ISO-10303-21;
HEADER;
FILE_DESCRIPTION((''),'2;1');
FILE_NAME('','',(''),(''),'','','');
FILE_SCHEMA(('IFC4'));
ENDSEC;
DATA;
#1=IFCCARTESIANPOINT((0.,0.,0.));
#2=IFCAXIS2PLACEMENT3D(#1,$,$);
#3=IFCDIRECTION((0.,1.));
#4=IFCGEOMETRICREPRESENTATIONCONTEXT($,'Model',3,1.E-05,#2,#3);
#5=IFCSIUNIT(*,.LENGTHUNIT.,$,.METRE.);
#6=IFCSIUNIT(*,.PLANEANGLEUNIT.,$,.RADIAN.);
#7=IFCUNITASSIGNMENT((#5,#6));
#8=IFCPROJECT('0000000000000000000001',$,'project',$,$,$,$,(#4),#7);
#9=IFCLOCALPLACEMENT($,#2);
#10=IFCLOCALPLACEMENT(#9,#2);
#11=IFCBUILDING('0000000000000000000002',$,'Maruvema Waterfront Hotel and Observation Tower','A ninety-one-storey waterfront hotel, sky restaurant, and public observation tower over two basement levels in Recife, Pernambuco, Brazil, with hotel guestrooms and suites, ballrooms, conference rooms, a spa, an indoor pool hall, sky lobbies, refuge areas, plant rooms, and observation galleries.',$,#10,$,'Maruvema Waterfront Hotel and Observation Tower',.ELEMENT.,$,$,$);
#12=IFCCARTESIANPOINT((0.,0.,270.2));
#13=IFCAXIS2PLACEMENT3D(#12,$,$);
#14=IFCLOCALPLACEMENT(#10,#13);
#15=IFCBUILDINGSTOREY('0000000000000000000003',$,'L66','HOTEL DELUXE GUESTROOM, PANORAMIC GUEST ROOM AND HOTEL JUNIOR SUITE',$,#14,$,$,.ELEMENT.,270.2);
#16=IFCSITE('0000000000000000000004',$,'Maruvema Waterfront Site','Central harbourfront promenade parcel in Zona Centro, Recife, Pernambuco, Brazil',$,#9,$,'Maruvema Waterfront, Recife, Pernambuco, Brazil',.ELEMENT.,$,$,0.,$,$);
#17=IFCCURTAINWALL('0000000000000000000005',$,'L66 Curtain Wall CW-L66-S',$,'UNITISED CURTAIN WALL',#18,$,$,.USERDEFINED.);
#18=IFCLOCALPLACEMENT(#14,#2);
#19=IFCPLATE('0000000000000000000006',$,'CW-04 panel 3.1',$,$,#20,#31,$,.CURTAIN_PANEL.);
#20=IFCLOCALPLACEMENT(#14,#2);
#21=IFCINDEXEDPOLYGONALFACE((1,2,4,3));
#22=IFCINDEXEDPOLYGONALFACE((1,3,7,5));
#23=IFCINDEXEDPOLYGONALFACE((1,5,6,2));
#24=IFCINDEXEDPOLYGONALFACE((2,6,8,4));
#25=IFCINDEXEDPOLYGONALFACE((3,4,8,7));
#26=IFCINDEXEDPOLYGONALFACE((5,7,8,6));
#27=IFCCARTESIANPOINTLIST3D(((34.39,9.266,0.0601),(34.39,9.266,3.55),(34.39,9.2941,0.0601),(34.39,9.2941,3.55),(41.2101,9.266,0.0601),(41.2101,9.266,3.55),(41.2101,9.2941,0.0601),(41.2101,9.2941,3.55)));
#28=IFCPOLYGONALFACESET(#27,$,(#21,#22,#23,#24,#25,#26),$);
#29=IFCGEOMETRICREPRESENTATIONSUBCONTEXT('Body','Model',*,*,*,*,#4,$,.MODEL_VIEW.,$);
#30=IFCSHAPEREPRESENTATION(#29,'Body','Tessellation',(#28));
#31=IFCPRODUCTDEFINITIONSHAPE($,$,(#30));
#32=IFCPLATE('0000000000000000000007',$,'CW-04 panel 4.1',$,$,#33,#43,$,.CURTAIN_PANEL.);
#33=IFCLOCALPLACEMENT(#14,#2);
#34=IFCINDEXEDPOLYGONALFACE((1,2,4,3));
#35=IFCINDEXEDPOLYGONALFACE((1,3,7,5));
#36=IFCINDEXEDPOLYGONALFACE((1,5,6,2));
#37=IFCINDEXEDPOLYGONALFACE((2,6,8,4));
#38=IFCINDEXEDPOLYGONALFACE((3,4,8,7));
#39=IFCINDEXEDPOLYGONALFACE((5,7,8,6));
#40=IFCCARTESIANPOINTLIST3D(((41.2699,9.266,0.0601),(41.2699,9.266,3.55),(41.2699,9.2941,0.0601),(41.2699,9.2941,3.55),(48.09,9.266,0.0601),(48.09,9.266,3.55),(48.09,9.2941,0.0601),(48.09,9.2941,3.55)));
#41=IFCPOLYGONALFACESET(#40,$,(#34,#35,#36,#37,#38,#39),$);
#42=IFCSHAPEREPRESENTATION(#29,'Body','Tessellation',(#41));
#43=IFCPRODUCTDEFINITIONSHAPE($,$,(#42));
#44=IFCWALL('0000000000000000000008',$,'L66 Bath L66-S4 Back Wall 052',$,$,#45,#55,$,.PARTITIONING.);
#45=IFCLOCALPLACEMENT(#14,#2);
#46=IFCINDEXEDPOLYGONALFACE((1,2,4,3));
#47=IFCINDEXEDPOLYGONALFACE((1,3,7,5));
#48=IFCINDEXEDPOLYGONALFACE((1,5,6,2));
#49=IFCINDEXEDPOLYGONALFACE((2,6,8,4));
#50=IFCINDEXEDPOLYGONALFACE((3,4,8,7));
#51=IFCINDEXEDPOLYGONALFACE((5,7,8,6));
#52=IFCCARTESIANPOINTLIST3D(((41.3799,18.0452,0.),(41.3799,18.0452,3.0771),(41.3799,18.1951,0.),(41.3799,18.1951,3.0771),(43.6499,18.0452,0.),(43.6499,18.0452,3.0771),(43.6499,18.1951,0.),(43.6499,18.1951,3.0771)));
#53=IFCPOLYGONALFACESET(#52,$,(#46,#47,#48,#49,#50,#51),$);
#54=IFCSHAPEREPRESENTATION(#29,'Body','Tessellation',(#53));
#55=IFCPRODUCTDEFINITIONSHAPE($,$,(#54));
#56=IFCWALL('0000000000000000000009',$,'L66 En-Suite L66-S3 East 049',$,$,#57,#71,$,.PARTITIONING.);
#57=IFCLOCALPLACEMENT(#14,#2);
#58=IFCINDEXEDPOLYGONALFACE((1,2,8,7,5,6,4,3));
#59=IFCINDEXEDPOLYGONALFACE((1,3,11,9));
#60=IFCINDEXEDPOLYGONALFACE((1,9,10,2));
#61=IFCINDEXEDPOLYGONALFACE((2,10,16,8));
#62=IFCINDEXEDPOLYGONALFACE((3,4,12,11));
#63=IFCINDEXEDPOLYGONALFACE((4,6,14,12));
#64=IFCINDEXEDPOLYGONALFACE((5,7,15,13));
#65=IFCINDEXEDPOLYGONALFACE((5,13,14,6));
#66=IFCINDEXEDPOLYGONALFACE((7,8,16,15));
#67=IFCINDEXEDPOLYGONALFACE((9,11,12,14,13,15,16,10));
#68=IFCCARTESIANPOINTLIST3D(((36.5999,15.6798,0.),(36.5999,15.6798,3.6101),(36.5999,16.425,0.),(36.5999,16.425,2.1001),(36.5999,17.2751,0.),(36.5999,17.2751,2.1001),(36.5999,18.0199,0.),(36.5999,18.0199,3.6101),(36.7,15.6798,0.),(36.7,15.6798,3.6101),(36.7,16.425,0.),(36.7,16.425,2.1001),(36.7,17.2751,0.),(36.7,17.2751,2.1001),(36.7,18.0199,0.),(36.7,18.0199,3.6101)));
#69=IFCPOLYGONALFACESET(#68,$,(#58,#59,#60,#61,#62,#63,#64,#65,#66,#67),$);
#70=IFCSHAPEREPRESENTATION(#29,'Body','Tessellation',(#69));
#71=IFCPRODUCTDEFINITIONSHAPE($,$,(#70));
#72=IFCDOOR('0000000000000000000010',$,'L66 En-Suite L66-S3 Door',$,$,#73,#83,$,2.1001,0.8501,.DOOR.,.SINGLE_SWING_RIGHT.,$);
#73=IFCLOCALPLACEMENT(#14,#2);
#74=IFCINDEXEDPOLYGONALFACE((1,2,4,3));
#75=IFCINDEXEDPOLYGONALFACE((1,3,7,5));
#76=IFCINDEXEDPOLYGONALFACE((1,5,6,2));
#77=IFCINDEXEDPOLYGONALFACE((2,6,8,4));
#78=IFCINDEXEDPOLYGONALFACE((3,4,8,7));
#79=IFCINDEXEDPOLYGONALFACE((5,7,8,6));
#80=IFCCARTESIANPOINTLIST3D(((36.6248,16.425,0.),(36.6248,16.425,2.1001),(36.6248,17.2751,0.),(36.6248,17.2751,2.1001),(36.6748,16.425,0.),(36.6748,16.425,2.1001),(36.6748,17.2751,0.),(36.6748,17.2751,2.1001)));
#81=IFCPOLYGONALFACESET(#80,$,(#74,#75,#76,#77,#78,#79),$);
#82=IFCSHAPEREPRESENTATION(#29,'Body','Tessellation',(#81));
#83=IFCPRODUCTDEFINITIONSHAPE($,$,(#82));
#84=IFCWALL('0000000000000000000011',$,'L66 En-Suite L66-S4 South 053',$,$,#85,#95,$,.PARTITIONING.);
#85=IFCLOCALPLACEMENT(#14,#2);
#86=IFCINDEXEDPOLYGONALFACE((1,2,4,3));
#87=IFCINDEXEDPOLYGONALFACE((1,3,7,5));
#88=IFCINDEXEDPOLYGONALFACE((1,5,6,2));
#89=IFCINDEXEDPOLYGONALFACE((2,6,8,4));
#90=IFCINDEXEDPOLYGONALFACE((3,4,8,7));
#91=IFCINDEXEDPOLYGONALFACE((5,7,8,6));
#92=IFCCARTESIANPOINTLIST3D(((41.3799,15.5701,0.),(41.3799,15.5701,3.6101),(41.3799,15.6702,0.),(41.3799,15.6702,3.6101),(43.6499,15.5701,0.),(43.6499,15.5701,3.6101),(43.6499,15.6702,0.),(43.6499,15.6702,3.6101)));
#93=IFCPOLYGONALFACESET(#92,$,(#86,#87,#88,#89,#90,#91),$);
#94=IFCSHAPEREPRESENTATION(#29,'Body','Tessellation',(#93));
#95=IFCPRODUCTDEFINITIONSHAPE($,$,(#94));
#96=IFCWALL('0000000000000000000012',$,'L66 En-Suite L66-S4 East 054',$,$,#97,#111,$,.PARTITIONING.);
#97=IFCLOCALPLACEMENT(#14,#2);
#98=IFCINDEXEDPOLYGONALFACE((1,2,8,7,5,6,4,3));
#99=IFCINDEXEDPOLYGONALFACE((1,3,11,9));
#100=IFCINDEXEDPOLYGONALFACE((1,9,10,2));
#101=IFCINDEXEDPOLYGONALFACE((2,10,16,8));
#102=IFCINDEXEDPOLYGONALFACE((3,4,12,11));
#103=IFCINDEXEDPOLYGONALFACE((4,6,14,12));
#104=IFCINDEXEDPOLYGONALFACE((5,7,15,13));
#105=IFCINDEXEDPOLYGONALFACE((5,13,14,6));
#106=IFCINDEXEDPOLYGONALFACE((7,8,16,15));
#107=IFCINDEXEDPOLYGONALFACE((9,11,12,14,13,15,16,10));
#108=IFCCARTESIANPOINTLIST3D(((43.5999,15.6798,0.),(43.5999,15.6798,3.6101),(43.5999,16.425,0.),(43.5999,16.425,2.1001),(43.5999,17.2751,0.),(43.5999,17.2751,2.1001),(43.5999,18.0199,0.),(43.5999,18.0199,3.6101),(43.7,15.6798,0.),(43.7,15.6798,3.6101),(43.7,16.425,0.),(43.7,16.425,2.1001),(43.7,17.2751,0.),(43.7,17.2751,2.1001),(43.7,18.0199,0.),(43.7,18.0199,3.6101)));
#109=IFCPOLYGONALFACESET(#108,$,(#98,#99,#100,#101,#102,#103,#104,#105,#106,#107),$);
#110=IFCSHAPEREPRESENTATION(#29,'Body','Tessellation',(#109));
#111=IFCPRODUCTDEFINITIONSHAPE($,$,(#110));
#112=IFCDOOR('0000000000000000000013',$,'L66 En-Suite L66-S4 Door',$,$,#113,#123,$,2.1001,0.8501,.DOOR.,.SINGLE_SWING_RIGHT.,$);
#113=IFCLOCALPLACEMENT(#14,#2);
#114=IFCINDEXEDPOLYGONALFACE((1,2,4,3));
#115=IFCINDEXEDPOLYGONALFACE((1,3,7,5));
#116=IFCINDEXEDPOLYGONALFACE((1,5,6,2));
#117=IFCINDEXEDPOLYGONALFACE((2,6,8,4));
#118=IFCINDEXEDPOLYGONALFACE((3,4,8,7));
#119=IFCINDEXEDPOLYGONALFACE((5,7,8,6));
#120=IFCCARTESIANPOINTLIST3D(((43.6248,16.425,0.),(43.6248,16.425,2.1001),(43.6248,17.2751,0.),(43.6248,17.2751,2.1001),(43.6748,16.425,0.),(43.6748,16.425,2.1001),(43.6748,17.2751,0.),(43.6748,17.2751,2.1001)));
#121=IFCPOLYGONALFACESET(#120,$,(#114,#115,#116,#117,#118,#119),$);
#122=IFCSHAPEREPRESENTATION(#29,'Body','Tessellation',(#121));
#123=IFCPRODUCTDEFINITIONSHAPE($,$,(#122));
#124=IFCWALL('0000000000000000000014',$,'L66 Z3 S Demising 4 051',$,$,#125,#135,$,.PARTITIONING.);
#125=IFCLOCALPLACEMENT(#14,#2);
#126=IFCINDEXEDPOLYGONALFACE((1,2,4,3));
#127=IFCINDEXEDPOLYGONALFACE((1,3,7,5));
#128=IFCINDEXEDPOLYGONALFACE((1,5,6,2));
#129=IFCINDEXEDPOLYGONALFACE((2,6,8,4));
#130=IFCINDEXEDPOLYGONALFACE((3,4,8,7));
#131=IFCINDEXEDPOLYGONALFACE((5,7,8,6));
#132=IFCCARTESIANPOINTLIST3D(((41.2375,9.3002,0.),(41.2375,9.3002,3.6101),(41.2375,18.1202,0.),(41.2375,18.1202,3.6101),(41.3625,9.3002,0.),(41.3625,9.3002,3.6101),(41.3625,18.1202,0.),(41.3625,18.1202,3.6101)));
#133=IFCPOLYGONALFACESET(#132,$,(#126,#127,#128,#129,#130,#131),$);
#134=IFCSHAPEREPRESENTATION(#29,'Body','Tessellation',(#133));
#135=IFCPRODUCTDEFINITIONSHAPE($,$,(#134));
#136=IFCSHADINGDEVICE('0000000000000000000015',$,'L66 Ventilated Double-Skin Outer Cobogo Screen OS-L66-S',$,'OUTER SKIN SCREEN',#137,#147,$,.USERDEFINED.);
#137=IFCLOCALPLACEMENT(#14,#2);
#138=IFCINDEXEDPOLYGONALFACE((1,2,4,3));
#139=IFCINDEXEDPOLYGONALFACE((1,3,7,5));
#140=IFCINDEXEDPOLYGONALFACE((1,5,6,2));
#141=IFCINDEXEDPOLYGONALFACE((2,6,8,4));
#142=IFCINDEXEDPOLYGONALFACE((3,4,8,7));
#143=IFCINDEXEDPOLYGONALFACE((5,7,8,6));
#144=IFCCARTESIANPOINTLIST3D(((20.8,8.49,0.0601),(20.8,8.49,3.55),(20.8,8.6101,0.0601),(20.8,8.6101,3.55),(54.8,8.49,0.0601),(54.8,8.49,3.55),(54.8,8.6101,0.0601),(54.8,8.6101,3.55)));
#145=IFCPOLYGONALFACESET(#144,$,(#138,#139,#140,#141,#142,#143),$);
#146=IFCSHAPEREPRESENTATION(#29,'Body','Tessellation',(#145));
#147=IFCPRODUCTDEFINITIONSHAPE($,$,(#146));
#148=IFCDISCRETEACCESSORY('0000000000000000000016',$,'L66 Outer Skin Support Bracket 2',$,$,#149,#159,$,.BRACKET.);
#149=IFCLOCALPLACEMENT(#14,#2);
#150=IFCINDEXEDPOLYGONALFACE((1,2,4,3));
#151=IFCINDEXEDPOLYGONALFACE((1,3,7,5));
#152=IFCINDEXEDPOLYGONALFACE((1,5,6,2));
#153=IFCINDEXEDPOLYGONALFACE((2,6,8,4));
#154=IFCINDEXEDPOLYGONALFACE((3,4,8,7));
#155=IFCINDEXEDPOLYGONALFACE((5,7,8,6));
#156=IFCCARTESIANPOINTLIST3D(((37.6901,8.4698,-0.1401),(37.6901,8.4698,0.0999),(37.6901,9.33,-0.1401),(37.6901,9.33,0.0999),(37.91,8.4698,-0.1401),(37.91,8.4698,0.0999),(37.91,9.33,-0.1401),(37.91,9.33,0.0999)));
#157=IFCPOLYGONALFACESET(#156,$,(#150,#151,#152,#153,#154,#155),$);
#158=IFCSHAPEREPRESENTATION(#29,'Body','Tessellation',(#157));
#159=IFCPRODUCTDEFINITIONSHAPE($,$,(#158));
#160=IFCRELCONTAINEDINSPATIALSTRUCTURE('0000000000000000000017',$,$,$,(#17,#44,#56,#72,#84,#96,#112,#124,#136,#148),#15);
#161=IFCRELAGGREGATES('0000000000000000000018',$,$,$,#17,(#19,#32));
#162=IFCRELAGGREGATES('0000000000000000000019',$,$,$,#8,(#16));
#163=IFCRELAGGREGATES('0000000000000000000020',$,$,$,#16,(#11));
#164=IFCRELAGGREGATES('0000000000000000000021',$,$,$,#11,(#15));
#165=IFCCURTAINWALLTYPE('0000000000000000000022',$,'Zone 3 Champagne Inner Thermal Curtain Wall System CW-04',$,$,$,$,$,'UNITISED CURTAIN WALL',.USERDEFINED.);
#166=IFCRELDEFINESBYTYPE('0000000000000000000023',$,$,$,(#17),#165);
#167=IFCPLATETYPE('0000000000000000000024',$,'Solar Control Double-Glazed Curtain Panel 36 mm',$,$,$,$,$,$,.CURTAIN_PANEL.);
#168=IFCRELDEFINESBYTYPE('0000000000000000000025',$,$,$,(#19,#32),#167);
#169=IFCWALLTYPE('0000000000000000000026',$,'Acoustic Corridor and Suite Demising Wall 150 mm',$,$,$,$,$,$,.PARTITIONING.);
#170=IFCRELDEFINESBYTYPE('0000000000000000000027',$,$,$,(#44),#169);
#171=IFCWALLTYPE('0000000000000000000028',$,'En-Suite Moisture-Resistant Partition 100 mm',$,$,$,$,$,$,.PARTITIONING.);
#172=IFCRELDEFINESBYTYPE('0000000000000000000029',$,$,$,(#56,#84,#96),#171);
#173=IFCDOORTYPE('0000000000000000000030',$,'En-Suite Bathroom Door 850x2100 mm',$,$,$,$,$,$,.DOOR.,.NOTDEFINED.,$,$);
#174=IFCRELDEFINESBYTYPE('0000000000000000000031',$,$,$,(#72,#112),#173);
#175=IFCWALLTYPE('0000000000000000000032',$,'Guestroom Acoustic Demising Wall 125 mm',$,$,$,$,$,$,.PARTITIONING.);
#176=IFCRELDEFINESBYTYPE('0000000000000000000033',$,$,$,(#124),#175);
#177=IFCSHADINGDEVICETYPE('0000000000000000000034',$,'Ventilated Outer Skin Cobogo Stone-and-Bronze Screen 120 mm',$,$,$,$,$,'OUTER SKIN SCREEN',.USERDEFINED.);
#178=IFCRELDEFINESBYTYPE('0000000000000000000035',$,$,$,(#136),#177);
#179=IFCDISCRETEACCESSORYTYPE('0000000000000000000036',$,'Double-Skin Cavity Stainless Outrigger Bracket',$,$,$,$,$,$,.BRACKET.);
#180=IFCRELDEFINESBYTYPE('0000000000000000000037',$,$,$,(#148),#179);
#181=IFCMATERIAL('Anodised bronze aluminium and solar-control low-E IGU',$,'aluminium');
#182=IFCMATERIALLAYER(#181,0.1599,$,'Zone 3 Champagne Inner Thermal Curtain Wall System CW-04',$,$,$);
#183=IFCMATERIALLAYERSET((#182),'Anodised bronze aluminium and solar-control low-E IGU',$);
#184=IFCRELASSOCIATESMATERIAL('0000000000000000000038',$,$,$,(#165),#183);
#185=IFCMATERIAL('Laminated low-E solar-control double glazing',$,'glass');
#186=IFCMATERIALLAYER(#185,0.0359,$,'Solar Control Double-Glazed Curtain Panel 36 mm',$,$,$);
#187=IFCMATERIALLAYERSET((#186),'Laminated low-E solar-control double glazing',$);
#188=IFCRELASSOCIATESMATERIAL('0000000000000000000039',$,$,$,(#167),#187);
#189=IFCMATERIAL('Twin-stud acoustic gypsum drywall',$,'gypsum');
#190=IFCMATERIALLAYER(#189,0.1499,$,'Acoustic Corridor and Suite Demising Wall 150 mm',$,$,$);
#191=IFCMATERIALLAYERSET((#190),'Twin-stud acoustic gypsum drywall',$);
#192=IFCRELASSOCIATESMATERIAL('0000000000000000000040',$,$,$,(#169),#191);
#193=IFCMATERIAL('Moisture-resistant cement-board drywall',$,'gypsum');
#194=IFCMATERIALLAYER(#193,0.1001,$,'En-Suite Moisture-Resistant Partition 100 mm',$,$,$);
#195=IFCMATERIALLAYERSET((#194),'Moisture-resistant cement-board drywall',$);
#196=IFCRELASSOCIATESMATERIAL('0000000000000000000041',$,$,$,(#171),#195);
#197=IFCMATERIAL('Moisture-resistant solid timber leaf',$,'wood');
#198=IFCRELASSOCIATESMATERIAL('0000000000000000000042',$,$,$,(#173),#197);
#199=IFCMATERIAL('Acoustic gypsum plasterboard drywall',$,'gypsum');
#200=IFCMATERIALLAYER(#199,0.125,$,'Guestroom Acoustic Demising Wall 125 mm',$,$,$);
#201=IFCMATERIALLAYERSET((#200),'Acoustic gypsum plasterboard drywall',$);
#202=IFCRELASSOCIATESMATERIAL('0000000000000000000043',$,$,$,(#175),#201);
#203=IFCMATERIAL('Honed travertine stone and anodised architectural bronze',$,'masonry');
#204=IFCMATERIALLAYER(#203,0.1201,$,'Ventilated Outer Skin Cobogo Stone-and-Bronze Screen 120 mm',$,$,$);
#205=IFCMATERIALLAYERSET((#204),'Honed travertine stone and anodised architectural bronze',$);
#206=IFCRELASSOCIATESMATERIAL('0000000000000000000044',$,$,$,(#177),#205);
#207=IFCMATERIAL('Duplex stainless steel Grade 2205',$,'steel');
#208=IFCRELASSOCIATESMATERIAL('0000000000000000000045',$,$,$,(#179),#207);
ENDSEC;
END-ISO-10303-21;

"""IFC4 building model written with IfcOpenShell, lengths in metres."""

from ifc_helpers import new_model, si_unit, direction, frame, frame_2d, origin, origin_2d, place, context, subcontext, project, spatial, rectangle, extrude, material, layer, layer_set, type_object, element, fill, aggregate, save


model = new_model("IFC4")

# Units and contexts
model_context = context("Model", 3, precision=1e-05, world=origin(), true_north=direction((0.0, 1.0)))
body_context = subcontext(model_context, "Body", "Model", "MODEL_VIEW")
ifc_project = project(units=[si_unit("LENGTHUNIT", "METRE"), si_unit("PLANEANGLEUNIT", "RADIAN")], contexts=[model_context])

# Site, building, storey
site_placement = place(None, origin())
site = spatial("IfcSite", under=ifc_project, at=site_placement, Name="Maruvema Waterfront Site", Description="Central harbourfront promenade parcel in Zona Centro, Recife, Pernambuco, Brazil", LongName="Maruvema Waterfront, Recife, Pernambuco, Brazil", CompositionType="ELEMENT", RefElevation=0.0)
building_placement = place(site_placement, origin())
building = spatial("IfcBuilding", under=site, at=building_placement, Name="Maruvema Waterfront Hotel and Observation Tower", Description="A ninety-one-storey waterfront hotel, sky restaurant, and public observation tower over two basement levels in Recife, Pernambuco, Brazil, with hotel guestrooms and suites, ballrooms, conference rooms, a spa, an indoor pool hall, sky lobbies, refuge areas, plant rooms, and observation galleries.", LongName="Maruvema Waterfront Hotel and Observation Tower", CompositionType="ELEMENT")
storey_placement = place(building_placement, frame((0.0, 0.0, 270.2)))
storey = spatial("IfcBuildingStorey", under=building, at=storey_placement, Name="L66", Description="HOTEL DELUXE GUESTROOM, PANORAMIC GUEST ROOM AND HOTEL JUNIOR SUITE", CompositionType="ELEMENT", Elevation=270.2)

# Curtain wall
ifc_material_1 = material(Name="Anodised bronze aluminium and solar-control low-E IGU", Category="aluminium")
ifc_layer_1 = layer(ifc_material_1, 0.1599, Name="Zone 3 Champagne Inner Thermal Curtain Wall System CW-04")
ifc_layer_set_1 = layer_set([ifc_layer_1], Name="Anodised bronze aluminium and solar-control low-E IGU")
curtain_wall_type = type_object("IfcCurtainWallType", Name="Zone 3 Champagne Inner Thermal Curtain Wall System CW-04", ElementType="UNITISED CURTAIN WALL", PredefinedType="USERDEFINED", material=ifc_layer_set_1)
curtain_wall_placement = place(storey_placement, origin())
curtain_wall = element("IfcCurtainWall", 1, at=curtain_wall_placement, inside=storey, type_object=curtain_wall_type, Name="L66 Curtain Wall CW-L66-S", ObjectType="UNITISED CURTAIN WALL", PredefinedType="USERDEFINED")

# Plates
ifc_material_2 = material(Name="Laminated low-E solar-control double glazing", Category="glass")
ifc_layer_2 = layer(ifc_material_2, 0.0359, Name="Solar Control Double-Glazed Curtain Panel 36 mm")
ifc_layer_set_2 = layer_set([ifc_layer_2], Name="Laminated low-E solar-control double glazing")
plate_type = type_object("IfcPlateType", Name="Solar Control Double-Glazed Curtain Panel 36 mm", PredefinedType="CURTAIN_PANEL", material=ifc_layer_set_2)
plate_1_placement = place(storey_placement, frame((37.8, 9.28, 0.0601), z_axis=(0.0, 0.0, 1.0), x_axis=(1.0, 0.0, 0.0)))
plate_1 = element("IfcPlate", 2, at=plate_1_placement, type_object=plate_type, Name="CW-04 panel 3.1", PredefinedType="CURTAIN_PANEL", context=body_context, shape_type="SweptSolid", body=[
    extrude(rectangle(XDim=6.8201, YDim=0.0281, at=origin_2d()), origin(), (0.0, 0.0, 1.0), 3.49),
])
plate_2_placement = place(storey_placement, frame((44.6799, 9.28, 0.0601), z_axis=(0.0, 0.0, 1.0), x_axis=(1.0, 0.0, 0.0)))
plate_2 = element("IfcPlate", 3, at=plate_2_placement, type_object=plate_type, Name="CW-04 panel 4.1", PredefinedType="CURTAIN_PANEL", context=body_context, shape_type="SweptSolid", body=[
    extrude(rectangle(XDim=6.8201, YDim=0.0281, at=origin_2d()), origin(), (0.0, 0.0, 1.0), 3.49),
])
aggregate(curtain_wall, [plate_1, plate_2])

# Shared definitions
ifc_material_3 = material(Name="Twin-stud acoustic gypsum drywall", Category="gypsum")
ifc_layer_3 = layer(ifc_material_3, 0.1499, Name="Acoustic Corridor and Suite Demising Wall 150 mm")
ifc_layer_set_3 = layer_set([ifc_layer_3], Name="Twin-stud acoustic gypsum drywall")
wall_type_1 = type_object("IfcWallType", Name="Acoustic Corridor and Suite Demising Wall 150 mm", PredefinedType="PARTITIONING", material=ifc_layer_set_3)

# Wall
wall_1_placement = place(storey_placement, frame((41.3799, 18.1201, 0.0), z_axis=(0.0, 0.0, 1.0), x_axis=(1.0, 0.0, 0.0)))
element("IfcWall", 4, at=wall_1_placement, inside=storey, type_object=wall_type_1, Name="L66 Bath L66-S4 Back Wall 052", PredefinedType="PARTITIONING", context=body_context, shape_type="SweptSolid", body=[
    extrude(rectangle(XDim=2.27, YDim=0.1499, at=frame_2d((1.135, 0.0))), origin(), (0.0, 0.0, 1.0), 3.0771),
])

# Wall, opening, door
ifc_material_4 = material(Name="Moisture-resistant cement-board drywall", Category="gypsum")
ifc_layer_4 = layer(ifc_material_4, 0.1001, Name="En-Suite Moisture-Resistant Partition 100 mm")
ifc_layer_set_4 = layer_set([ifc_layer_4], Name="Moisture-resistant cement-board drywall")
wall_type_2 = type_object("IfcWallType", Name="En-Suite Moisture-Resistant Partition 100 mm", PredefinedType="PARTITIONING", material=ifc_layer_set_4)
wall_2_placement = place(storey_placement, frame((36.6499, 15.6799, 0.0), z_axis=(0.0, 0.0, 1.0), x_axis=(0.0, 1.0, 0.0)))
wall_2 = element("IfcWall", 5, at=wall_2_placement, inside=storey, type_object=wall_type_2, Name="L66 En-Suite L66-S3 East 049", PredefinedType="PARTITIONING", context=body_context, shape_type="SweptSolid", body=[
    extrude(rectangle(XDim=2.3401, YDim=0.1001, at=frame_2d((1.1699, 0.0))), origin(), (0.0, 0.0, 1.0), 3.6101),
])
opening_1_placement = place(wall_2_placement, frame((0.7451, 0.0, 0.0)))
opening_1 = element("IfcOpeningElement", 6, at=opening_1_placement, cuts=wall_2, PredefinedType="OPENING", context=body_context, shape_type="SweptSolid", body=[
    extrude(rectangle(XDim=0.8501, YDim=2.1001, at=frame_2d((0.425, 1.05))), frame((0.0, 0.0601, 0.0), z_axis=(0.0, -1.0, 0.0), x_axis=(1.0, 0.0, 0.0)), (0.0, 0.0, 1.0), 0.1201),
])
ifc_material_5 = material(Name="Moisture-resistant solid timber leaf", Category="wood")
door_type_1 = type_object("IfcDoorType", Name="En-Suite Bathroom Door 850x2100 mm", OperationType="NOTDEFINED", PredefinedType="DOOR", material=ifc_material_5)
door_1_placement = place(opening_1_placement, frame((0.8501, 0.0, 0.0), z_axis=(0.0, 0.0, 1.0), x_axis=(-1.0, 0.0, 0.0)))
door_1 = element("IfcDoor", 7, at=door_1_placement, inside=storey, type_object=door_type_1, Name="L66 En-Suite L66-S3 Door", OperationType="SINGLE_SWING_RIGHT", OverallHeight=2.1001, OverallWidth=0.8501, PredefinedType="DOOR", context=body_context, shape_type="SweptSolid", body=[
    extrude(rectangle(XDim=0.8501, YDim=2.1001, at=frame_2d((0.425, 1.05))), frame((0.0, 0.0249, 0.0), z_axis=(0.0, -1.0, 0.0), x_axis=(1.0, 0.0, 0.0)), (0.0, 0.0, 1.0), 0.05),
])
fill(opening_1, door_1)

# Wall
wall_3_placement = place(storey_placement, frame((41.3799, 15.6201, 0.0), z_axis=(0.0, 0.0, 1.0), x_axis=(1.0, 0.0, 0.0)))
element("IfcWall", 8, at=wall_3_placement, inside=storey, type_object=wall_type_2, Name="L66 En-Suite L66-S4 South 053", PredefinedType="PARTITIONING", context=body_context, shape_type="SweptSolid", body=[
    extrude(rectangle(XDim=2.27, YDim=0.1001, at=frame_2d((1.135, 0.0))), origin(), (0.0, 0.0, 1.0), 3.6101),
])

# Wall, opening, door
wall_4_placement = place(storey_placement, frame((43.6499, 15.6799, 0.0), z_axis=(0.0, 0.0, 1.0), x_axis=(0.0, 1.0, 0.0)))
wall_4 = element("IfcWall", 9, at=wall_4_placement, inside=storey, type_object=wall_type_2, Name="L66 En-Suite L66-S4 East 054", PredefinedType="PARTITIONING", context=body_context, shape_type="SweptSolid", body=[
    extrude(rectangle(XDim=2.3401, YDim=0.1001, at=frame_2d((1.1699, 0.0))), origin(), (0.0, 0.0, 1.0), 3.6101),
])
opening_2_placement = place(wall_4_placement, frame((0.7451, 0.0, 0.0)))
opening_2 = element("IfcOpeningElement", 10, at=opening_2_placement, cuts=wall_4, PredefinedType="OPENING", context=body_context, shape_type="SweptSolid", body=[
    extrude(rectangle(XDim=0.8501, YDim=2.1001, at=frame_2d((0.425, 1.05))), frame((0.0, 0.0601, 0.0), z_axis=(0.0, -1.0, 0.0), x_axis=(1.0, 0.0, 0.0)), (0.0, 0.0, 1.0), 0.1201),
])
door_2_placement = place(opening_2_placement, frame((0.8501, 0.0, 0.0), z_axis=(0.0, 0.0, 1.0), x_axis=(-1.0, 0.0, 0.0)))
door_2 = element("IfcDoor", 11, at=door_2_placement, inside=storey, type_object=door_type_1, Name="L66 En-Suite L66-S4 Door", OperationType="SINGLE_SWING_RIGHT", OverallHeight=2.1001, OverallWidth=0.8501, PredefinedType="DOOR", context=body_context, shape_type="SweptSolid", body=[
    extrude(rectangle(XDim=0.8501, YDim=2.1001, at=frame_2d((0.425, 1.05))), frame((0.0, 0.0249, 0.0), z_axis=(0.0, -1.0, 0.0), x_axis=(1.0, 0.0, 0.0)), (0.0, 0.0, 1.0), 0.05),
])
fill(opening_2, door_2)

# Wall
ifc_material_6 = material(Name="Acoustic gypsum plasterboard drywall", Category="gypsum")
ifc_layer_5 = layer(ifc_material_6, 0.125, Name="Guestroom Acoustic Demising Wall 125 mm")
ifc_layer_set_5 = layer_set([ifc_layer_5], Name="Acoustic gypsum plasterboard drywall")
wall_type_3 = type_object("IfcWallType", Name="Guestroom Acoustic Demising Wall 125 mm", PredefinedType="PARTITIONING", material=ifc_layer_set_5)
wall_5_placement = place(storey_placement, frame((41.3, 9.3, 0.0), z_axis=(0.0, 0.0, 1.0), x_axis=(0.0, 1.0, 0.0)))
element("IfcWall", 12, at=wall_5_placement, inside=storey, type_object=wall_type_3, Name="L66 Z3 S Demising 4 051", PredefinedType="PARTITIONING", context=body_context, shape_type="SweptSolid", body=[
    extrude(rectangle(XDim=8.8201, YDim=0.125, at=frame_2d((4.4102, 0.0))), origin(), (0.0, 0.0, 1.0), 3.6101),
])

# Shading device
ifc_material_7 = material(Name="Honed travertine stone and anodised architectural bronze", Category="masonry")
ifc_layer_6 = layer(ifc_material_7, 0.1201, Name="Ventilated Outer Skin Cobogo Stone-and-Bronze Screen 120 mm")
ifc_layer_set_6 = layer_set([ifc_layer_6], Name="Honed travertine stone and anodised architectural bronze")
shading_device_type = type_object("IfcShadingDeviceType", Name="Ventilated Outer Skin Cobogo Stone-and-Bronze Screen 120 mm", ElementType="OUTER SKIN SCREEN", PredefinedType="USERDEFINED", material=ifc_layer_set_6)
shading_device_placement = place(storey_placement, frame((37.8, 8.55, 0.0601), z_axis=(0.0, 0.0, 1.0), x_axis=(1.0, 0.0, 0.0)))
element("IfcShadingDevice", 13, at=shading_device_placement, inside=storey, type_object=shading_device_type, Name="L66 Ventilated Double-Skin Outer Cobogo Screen OS-L66-S", ObjectType="OUTER SKIN SCREEN", PredefinedType="USERDEFINED", context=body_context, shape_type="SweptSolid", body=[
    extrude(rectangle(XDim=34.0, YDim=0.1201, at=origin_2d()), origin(), (0.0, 0.0, 1.0), 3.49),
])

# Discrete accessory
ifc_material_8 = material(Name="Duplex stainless steel Grade 2205", Category="steel")
discrete_accessory_type = type_object("IfcDiscreteAccessoryType", Name="Double-Skin Cavity Stainless Outrigger Bracket", PredefinedType="BRACKET", material=ifc_material_8)
discrete_accessory_placement = place(storey_placement, frame((37.8, 8.8999, -0.1401), z_axis=(0.0, 0.0, 1.0), x_axis=(1.0, 0.0, 0.0)))
element("IfcDiscreteAccessory", 14, at=discrete_accessory_placement, inside=storey, type_object=discrete_accessory_type, Name="L66 Outer Skin Support Bracket 2", PredefinedType="BRACKET", context=body_context, shape_type="SweptSolid", body=[
    extrude(rectangle(XDim=0.22, YDim=0.8601, at=origin_2d()), origin(), (0.0, 0.0, 1.0), 0.24),
])

save(model, "model.ifc")
